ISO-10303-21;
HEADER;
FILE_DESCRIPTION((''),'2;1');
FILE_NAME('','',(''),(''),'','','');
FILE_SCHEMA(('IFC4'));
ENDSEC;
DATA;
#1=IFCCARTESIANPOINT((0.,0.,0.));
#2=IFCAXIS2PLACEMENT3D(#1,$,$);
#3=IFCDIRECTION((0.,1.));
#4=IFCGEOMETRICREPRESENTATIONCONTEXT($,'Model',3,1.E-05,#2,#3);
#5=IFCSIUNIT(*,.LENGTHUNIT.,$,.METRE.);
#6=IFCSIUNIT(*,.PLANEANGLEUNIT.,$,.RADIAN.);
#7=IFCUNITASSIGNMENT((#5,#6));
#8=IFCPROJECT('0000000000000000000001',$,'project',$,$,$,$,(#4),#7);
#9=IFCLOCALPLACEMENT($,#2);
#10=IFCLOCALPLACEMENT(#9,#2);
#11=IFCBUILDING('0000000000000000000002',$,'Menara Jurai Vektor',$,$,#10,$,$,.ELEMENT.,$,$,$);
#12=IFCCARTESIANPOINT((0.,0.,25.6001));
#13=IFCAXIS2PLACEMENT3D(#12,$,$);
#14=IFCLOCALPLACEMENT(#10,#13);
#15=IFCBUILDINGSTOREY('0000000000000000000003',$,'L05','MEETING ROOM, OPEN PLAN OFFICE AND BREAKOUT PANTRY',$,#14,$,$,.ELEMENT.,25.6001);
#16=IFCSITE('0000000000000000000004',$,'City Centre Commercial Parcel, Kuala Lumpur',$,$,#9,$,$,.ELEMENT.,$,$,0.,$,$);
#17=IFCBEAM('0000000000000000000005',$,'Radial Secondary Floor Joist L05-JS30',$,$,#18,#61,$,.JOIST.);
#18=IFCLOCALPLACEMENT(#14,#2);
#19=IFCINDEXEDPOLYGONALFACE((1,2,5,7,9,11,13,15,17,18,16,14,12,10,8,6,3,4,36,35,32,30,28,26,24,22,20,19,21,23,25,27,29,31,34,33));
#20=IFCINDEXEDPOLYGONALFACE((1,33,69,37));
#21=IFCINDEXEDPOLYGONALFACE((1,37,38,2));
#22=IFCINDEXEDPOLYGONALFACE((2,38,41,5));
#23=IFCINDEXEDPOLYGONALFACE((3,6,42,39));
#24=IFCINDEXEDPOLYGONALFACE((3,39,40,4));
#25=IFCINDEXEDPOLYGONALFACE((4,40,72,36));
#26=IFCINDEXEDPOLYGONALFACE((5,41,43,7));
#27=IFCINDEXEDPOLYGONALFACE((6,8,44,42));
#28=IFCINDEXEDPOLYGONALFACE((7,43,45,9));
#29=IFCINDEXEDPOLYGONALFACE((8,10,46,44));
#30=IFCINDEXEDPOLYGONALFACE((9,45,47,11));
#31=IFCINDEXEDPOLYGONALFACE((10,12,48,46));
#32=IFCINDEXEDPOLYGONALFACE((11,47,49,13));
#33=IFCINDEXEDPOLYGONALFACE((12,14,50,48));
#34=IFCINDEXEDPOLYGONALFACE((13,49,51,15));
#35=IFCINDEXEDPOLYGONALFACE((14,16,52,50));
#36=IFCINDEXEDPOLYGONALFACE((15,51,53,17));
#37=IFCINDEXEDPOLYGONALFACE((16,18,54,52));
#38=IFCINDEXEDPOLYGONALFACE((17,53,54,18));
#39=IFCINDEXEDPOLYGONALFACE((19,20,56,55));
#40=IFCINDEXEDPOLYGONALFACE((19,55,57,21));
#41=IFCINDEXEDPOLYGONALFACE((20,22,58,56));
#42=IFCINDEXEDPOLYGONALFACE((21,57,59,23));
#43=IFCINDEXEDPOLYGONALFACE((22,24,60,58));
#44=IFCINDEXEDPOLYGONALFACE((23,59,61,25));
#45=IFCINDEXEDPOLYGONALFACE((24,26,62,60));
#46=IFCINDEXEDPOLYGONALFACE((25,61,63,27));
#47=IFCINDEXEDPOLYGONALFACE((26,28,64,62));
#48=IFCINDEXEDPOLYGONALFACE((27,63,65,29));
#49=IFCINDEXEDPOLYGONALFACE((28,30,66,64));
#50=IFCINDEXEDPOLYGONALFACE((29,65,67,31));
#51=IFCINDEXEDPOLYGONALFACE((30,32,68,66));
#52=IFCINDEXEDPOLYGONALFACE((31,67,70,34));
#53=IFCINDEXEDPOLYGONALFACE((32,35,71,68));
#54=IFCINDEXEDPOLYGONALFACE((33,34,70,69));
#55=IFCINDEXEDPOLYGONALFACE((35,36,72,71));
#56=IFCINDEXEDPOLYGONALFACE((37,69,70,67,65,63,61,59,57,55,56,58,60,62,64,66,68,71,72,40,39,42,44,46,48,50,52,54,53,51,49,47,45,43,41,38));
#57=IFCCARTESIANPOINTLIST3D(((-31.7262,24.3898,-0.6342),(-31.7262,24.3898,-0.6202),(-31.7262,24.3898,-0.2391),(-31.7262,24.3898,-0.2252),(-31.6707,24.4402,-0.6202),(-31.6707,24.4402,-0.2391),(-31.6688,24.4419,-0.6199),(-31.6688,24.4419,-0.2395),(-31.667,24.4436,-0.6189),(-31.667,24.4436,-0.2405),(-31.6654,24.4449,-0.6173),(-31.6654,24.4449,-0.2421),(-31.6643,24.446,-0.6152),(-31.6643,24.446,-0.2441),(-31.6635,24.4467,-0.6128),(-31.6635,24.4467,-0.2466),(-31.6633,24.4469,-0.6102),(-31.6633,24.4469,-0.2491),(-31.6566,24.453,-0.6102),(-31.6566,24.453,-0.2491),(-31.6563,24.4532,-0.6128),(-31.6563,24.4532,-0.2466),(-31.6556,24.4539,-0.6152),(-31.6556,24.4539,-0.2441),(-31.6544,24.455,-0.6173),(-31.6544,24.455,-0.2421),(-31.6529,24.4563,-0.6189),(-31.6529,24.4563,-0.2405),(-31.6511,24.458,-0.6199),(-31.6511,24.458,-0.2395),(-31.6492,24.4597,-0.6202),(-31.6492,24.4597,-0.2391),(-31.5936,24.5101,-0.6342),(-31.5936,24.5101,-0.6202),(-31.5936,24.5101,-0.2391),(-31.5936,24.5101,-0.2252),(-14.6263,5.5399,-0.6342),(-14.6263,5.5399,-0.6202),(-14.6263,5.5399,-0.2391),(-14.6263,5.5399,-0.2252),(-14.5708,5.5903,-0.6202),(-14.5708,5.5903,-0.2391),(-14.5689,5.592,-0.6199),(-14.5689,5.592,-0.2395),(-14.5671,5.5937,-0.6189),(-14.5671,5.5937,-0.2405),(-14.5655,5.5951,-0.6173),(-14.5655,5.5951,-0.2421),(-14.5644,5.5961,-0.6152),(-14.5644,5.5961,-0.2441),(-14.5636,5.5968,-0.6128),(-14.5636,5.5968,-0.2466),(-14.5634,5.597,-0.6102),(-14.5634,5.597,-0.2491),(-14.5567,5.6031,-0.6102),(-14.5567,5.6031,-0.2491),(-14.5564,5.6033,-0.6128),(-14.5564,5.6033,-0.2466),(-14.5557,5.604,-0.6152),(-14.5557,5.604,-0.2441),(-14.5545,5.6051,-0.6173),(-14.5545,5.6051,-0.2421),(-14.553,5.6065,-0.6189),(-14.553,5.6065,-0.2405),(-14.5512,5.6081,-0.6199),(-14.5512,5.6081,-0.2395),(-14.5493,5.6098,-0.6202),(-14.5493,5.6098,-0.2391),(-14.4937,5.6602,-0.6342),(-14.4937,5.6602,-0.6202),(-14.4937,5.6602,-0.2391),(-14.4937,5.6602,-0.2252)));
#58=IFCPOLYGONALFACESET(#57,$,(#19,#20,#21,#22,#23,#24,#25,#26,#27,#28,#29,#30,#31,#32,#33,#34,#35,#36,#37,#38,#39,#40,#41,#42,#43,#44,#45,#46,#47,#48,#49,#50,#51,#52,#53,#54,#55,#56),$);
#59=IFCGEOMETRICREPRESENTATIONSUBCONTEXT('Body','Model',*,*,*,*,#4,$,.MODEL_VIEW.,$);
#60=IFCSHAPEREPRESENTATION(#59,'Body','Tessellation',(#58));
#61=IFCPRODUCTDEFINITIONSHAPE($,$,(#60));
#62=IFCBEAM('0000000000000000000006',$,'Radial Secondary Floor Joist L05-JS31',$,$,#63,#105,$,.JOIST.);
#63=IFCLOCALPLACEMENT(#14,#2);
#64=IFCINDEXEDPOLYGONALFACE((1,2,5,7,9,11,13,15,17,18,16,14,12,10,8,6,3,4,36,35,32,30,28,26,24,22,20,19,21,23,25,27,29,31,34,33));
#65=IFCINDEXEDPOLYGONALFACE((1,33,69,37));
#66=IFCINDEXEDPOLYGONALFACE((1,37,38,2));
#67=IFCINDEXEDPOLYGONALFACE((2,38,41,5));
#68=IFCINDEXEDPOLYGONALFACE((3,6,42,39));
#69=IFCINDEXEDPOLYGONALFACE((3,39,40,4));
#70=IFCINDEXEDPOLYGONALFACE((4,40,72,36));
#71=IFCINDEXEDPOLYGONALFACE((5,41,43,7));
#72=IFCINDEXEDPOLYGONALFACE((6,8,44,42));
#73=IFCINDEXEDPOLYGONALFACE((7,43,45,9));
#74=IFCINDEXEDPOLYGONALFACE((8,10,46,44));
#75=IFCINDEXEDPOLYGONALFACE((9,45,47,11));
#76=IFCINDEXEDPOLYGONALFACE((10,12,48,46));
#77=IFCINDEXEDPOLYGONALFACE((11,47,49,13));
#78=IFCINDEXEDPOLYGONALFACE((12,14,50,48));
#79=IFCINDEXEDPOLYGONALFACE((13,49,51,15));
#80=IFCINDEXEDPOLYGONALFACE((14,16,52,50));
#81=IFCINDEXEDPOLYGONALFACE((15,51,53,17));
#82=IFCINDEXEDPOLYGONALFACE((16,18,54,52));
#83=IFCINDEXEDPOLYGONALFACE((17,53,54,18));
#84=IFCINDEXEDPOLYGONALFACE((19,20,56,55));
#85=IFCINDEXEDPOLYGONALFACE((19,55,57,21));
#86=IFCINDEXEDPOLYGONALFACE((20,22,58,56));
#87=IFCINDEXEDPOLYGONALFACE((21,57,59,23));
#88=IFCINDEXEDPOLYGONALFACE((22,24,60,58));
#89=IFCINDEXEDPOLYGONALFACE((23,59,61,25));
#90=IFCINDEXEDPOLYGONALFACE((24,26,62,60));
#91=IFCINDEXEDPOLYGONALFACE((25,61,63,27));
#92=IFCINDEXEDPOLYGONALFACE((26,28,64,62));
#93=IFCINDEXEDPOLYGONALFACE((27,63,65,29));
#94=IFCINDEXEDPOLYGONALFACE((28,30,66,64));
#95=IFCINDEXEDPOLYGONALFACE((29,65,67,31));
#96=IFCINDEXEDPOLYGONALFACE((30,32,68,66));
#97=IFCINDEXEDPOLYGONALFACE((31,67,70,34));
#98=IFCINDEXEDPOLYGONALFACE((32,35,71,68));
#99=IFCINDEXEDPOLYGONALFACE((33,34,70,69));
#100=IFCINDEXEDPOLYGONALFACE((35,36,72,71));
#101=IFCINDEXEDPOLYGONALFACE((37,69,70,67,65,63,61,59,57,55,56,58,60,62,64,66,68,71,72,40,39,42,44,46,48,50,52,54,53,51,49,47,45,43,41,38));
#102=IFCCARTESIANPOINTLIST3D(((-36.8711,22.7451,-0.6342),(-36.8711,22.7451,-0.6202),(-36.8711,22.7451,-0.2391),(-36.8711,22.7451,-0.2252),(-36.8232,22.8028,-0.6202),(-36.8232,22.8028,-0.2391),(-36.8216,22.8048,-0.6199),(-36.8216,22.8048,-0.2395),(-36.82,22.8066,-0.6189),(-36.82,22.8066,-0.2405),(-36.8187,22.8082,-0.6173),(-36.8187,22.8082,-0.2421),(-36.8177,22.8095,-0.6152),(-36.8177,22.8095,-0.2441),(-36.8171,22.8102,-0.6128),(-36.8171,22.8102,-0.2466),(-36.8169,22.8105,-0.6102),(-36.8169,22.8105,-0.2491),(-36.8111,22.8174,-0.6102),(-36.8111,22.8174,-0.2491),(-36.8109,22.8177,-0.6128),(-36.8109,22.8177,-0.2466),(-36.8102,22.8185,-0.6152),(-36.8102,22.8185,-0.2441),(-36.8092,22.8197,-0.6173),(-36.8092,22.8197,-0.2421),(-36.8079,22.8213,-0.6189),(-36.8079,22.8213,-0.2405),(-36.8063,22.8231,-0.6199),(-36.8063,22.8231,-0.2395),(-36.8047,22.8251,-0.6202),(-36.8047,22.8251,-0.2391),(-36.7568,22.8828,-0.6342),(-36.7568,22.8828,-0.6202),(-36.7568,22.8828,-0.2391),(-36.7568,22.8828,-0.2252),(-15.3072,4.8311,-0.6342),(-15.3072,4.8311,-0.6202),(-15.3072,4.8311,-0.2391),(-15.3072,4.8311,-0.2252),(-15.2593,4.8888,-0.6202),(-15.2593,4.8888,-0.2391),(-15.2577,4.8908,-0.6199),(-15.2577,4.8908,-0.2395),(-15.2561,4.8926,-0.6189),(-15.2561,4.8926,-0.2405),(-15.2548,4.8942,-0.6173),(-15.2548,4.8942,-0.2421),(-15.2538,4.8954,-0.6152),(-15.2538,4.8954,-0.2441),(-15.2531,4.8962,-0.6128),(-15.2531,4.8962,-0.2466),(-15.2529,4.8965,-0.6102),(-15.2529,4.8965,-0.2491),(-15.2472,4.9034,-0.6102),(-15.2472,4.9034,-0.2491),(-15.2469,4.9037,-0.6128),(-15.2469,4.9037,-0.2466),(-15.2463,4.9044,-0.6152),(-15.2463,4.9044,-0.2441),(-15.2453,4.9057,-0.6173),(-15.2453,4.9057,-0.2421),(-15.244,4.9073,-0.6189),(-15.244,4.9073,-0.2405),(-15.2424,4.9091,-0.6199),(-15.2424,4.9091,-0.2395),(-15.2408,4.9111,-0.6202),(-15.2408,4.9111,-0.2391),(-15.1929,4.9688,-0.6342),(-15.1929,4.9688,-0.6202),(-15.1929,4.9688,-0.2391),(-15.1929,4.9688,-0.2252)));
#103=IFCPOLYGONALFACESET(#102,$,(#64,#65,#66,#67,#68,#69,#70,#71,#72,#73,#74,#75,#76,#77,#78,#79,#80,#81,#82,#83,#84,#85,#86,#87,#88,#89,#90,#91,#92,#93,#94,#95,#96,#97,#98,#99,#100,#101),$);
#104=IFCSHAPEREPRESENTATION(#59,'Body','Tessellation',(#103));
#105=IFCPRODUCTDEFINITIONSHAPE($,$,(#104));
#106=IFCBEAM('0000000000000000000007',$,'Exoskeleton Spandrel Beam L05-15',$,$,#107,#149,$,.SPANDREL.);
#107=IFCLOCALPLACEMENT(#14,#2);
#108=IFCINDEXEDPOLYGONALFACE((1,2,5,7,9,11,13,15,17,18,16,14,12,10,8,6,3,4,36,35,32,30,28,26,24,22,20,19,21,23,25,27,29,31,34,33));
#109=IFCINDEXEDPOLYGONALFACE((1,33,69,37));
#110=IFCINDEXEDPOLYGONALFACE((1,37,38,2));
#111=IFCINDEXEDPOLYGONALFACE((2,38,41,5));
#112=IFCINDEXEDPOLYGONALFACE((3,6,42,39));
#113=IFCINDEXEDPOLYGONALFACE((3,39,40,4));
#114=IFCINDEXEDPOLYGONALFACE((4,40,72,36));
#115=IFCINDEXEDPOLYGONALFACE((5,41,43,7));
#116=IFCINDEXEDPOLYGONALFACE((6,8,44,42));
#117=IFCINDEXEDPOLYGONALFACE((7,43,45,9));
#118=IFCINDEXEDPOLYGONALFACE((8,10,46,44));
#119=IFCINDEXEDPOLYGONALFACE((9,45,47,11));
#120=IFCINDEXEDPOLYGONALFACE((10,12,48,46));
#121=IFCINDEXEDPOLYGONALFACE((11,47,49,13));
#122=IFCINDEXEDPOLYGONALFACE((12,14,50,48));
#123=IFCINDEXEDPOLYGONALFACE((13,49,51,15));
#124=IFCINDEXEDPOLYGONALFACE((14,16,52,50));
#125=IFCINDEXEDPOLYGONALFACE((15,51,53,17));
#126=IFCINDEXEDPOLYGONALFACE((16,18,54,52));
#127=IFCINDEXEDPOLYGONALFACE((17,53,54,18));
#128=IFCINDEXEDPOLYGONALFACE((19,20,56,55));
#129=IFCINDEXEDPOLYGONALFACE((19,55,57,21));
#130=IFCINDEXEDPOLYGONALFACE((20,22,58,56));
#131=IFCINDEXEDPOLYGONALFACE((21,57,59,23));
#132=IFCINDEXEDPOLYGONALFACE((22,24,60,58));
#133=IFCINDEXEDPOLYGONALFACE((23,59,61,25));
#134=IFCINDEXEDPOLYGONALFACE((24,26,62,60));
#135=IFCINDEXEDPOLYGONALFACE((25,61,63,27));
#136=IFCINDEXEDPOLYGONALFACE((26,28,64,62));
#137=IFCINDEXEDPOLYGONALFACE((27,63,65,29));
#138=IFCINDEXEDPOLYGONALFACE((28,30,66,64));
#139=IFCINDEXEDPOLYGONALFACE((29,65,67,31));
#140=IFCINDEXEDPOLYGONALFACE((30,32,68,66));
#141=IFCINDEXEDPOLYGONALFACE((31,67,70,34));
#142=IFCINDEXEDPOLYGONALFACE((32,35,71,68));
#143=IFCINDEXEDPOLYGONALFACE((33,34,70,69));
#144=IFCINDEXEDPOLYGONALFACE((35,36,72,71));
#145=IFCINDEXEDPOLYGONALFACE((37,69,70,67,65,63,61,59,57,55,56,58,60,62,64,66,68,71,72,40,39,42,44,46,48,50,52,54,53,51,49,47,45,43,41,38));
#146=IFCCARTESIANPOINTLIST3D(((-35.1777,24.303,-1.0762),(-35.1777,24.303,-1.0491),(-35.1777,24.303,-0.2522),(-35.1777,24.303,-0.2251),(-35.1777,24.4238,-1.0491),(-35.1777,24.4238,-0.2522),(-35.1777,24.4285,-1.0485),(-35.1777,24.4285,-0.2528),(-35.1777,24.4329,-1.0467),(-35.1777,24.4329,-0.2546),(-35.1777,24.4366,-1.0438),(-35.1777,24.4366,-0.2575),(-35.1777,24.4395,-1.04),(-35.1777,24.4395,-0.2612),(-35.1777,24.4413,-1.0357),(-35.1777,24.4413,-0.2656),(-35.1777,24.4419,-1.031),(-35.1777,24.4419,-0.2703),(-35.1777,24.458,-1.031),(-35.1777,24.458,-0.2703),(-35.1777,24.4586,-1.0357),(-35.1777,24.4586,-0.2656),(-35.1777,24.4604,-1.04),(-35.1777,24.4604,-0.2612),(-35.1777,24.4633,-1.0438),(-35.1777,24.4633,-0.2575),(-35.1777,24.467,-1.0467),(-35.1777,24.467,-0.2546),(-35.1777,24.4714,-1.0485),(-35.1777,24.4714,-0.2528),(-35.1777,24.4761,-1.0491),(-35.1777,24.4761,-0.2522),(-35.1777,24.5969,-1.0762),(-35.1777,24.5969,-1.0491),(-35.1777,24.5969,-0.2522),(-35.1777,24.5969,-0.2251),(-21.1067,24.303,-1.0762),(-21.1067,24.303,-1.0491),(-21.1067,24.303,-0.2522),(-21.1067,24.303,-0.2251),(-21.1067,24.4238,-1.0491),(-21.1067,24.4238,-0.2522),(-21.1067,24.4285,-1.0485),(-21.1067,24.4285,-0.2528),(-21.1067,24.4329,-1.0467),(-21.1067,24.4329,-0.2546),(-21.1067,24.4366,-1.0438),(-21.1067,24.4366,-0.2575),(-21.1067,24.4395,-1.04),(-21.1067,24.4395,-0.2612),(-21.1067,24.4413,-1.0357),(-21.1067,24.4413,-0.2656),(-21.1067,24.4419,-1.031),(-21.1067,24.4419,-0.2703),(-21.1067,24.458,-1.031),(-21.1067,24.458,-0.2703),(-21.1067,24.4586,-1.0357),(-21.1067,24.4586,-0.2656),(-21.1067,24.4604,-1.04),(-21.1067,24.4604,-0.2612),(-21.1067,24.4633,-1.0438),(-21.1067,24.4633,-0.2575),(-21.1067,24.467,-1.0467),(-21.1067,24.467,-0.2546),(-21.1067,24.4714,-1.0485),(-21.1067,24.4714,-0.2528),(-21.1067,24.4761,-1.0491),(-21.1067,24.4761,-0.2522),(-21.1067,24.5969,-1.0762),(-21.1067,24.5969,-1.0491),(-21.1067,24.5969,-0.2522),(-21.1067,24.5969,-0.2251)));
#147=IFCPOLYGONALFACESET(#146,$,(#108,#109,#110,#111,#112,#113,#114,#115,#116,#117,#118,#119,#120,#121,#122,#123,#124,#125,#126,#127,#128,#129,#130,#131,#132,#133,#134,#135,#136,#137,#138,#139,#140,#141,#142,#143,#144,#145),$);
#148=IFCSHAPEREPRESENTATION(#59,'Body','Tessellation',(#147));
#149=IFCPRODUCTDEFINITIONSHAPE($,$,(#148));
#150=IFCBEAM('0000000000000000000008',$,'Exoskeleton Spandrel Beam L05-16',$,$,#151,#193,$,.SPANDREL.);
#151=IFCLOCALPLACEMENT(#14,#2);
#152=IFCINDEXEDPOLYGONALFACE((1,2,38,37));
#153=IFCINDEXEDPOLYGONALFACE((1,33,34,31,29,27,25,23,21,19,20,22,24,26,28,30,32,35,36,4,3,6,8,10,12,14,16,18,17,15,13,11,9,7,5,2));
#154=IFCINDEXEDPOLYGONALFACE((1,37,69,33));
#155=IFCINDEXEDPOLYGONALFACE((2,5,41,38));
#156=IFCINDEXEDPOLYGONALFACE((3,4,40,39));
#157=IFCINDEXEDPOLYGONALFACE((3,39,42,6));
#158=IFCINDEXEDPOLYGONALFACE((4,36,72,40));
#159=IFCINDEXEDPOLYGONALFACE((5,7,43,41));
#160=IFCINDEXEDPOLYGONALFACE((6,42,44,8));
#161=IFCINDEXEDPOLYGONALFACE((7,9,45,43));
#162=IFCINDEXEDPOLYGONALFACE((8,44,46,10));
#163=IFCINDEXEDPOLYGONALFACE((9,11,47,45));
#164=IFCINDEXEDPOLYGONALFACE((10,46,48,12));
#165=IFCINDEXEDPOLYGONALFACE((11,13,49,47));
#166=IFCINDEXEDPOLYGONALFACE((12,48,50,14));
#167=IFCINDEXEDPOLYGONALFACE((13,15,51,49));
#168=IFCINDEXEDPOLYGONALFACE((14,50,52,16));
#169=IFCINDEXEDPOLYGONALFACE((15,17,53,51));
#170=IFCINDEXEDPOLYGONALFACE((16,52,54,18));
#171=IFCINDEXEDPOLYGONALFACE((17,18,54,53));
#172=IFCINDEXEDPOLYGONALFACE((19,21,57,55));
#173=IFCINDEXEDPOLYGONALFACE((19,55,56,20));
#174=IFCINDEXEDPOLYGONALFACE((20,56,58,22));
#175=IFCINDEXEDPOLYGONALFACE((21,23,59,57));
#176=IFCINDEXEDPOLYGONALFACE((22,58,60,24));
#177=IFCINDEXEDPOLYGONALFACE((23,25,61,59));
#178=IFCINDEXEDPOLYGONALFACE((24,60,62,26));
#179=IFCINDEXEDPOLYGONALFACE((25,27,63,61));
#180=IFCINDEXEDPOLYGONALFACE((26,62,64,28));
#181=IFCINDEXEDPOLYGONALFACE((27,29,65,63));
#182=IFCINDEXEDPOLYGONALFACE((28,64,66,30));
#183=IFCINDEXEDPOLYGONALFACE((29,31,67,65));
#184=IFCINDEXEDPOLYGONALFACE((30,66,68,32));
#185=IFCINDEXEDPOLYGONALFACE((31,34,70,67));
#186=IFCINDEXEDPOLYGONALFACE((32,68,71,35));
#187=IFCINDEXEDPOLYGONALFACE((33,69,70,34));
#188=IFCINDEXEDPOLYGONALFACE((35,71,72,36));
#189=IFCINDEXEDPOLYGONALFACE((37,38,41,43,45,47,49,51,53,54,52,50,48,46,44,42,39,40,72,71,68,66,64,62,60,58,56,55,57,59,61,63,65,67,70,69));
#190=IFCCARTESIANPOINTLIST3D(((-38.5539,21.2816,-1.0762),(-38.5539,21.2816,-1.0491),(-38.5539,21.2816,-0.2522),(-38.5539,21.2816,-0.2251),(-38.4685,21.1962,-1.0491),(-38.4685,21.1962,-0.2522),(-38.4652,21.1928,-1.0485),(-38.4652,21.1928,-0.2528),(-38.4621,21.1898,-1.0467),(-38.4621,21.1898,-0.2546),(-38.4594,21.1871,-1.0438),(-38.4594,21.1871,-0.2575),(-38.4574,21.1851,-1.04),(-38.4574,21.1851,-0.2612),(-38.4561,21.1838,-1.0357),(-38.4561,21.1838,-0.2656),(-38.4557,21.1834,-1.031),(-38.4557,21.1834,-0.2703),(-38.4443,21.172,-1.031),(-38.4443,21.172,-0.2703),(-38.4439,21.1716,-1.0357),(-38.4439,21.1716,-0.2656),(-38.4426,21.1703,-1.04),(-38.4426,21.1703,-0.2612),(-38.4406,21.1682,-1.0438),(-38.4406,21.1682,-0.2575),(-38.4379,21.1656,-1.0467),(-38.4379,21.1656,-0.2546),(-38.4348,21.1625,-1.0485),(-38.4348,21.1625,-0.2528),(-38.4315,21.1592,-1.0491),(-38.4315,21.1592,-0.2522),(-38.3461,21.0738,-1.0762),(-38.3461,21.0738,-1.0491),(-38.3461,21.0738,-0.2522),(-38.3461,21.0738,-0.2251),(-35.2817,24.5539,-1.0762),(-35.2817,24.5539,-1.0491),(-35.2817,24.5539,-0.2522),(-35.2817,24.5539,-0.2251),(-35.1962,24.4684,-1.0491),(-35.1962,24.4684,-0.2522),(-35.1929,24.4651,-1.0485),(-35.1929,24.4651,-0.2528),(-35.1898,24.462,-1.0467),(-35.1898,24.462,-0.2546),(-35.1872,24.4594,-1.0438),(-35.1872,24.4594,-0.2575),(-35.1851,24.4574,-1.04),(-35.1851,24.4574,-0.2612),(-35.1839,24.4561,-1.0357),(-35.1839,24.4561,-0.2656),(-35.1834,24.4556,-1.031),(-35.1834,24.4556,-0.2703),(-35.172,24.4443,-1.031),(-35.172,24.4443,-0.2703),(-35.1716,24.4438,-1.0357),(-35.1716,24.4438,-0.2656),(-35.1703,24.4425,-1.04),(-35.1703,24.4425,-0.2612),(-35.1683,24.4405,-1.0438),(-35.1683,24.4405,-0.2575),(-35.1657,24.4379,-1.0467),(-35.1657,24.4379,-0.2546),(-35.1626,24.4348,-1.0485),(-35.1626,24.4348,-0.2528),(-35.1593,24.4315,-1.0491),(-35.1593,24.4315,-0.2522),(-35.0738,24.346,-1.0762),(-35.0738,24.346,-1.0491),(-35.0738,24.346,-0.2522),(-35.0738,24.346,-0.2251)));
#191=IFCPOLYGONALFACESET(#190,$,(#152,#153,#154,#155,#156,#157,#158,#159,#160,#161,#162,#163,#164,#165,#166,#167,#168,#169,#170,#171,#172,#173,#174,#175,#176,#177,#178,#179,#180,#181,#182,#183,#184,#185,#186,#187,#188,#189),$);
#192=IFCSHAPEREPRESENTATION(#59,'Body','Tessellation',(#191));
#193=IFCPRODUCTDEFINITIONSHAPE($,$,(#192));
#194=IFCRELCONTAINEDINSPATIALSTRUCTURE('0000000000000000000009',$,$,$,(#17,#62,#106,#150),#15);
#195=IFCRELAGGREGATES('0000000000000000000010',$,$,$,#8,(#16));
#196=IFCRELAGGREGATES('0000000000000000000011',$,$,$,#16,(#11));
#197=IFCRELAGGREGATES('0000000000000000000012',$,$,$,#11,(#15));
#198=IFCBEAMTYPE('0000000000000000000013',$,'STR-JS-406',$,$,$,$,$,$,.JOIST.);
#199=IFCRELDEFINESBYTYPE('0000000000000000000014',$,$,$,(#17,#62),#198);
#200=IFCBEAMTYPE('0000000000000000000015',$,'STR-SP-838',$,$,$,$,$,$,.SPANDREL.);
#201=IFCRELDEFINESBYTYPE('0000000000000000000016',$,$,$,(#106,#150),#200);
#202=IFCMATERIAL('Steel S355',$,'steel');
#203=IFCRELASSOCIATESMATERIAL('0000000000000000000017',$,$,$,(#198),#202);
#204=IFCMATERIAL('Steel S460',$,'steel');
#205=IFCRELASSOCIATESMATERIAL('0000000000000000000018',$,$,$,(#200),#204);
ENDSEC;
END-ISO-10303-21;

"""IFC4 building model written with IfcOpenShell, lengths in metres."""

from ifc_helpers import new_model, si_unit, direction, frame, origin, origin_2d, place, context, subcontext, project, spatial, i_section, extrude, material, material_profile, profile_set, type_object, element, save


model = new_model("IFC4")

# Units and contexts
model_context = context("Model", 3, precision=1e-05, world=origin(), true_north=direction((0.0, 1.0)))
body_context = subcontext(model_context, "Body", "Model", "MODEL_VIEW")
ifc_project = project(units=[si_unit("LENGTHUNIT", "METRE"), si_unit("PLANEANGLEUNIT", "RADIAN")], contexts=[model_context])

# Site, building, storey
site_placement = place(None, origin())
site = spatial("IfcSite", under=ifc_project, at=site_placement, Name="City Centre Commercial Parcel, Kuala Lumpur", CompositionType="ELEMENT", RefElevation=0.0)
building_placement = place(site_placement, origin())
building = spatial("IfcBuilding", under=site, at=building_placement, Name="Menara Jurai Vektor", CompositionType="ELEMENT")
storey_placement = place(building_placement, frame((0.0, 0.0, 25.6001)))
storey = spatial("IfcBuildingStorey", under=building, at=storey_placement, Name="L05", Description="MEETING ROOM, OPEN PLAN OFFICE AND BREAKOUT PANTRY", CompositionType="ELEMENT", Elevation=25.6001)

# Shared definitions
ifc_material_1 = material(Name="Steel S460", Category="steel")

# Shared definitions
ifc_material_2 = material(Name="Steel S355", Category="steel")

# Beams
ifc_material_profile_1 = material_profile(ifc_material_2, i_section(OverallWidth=0.179, OverallDepth=0.4089, WebThickness=0.009, FlangeThickness=0.0139, FilletRadius=0.01, at=origin_2d()), Name="UKB 406x178x67")
ifc_profile_set_1 = profile_set([ifc_material_profile_1], Name="Steel S355")
beam_type_1 = type_object("IfcBeamType", Name="STR-JS-406", PredefinedType="JOIST", material=ifc_profile_set_1)
beam_1_placement = place(storey_placement, frame((-31.6599, 24.45, -0.4297), z_axis=(0.67189, -0.740651, 0.0), x_axis=(0.740651, 0.67189, 0.0)))
element("IfcBeam", 1, at=beam_1_placement, inside=storey, type_object=beam_type_1, Name="Radial Secondary Floor Joist L05-JS30", PredefinedType="JOIST", context=body_context, shape_type="SweptSolid", body=[
    extrude(i_section(OverallWidth=0.179, OverallDepth=0.4089, WebThickness=0.009, FlangeThickness=0.0139, FilletRadius=0.01, at=origin_2d()), origin(), (0.0, 0.0, 1.0), 25.4504),
])
beam_2_placement = place(storey_placement, frame((-36.814, 22.814, -0.4297), z_axis=(0.769201, -0.639007, 0.0), x_axis=(0.639007, 0.769201, 0.0)))
element("IfcBeam", 2, at=beam_2_placement, inside=storey, type_object=beam_type_1, Name="Radial Secondary Floor Joist L05-JS31", PredefinedType="JOIST", context=body_context, shape_type="SweptSolid", body=[
    extrude(i_section(OverallWidth=0.179, OverallDepth=0.4089, WebThickness=0.009, FlangeThickness=0.0139, FilletRadius=0.01, at=origin_2d()), origin(), (0.0, 0.0, 1.0), 28.0342),
])
ifc_material_profile_2 = material_profile(ifc_material_1, i_section(OverallWidth=0.2939, OverallDepth=0.8511, WebThickness=0.0161, FlangeThickness=0.0271, FilletRadius=0.0181, at=origin_2d()), Name="UKB 838x292x226")
ifc_profile_set_2 = profile_set([ifc_material_profile_2], Name="Steel S460")
beam_type_2 = type_object("IfcBeamType", Name="STR-SP-838", PredefinedType="SPANDREL", material=ifc_profile_set_2)
beam_3_placement = place(storey_placement, frame((-21.1067, 24.45, -0.6506), z_axis=(-1.0, 0.0, 0.0), x_axis=(0.0, -1.0, 0.0)))
element("IfcBeam", 3, at=beam_3_placement, inside=storey, type_object=beam_type_2, Name="Exoskeleton Spandrel Beam L05-15", PredefinedType="SPANDREL", context=body_context, shape_type="SweptSolid", body=[
    extrude(i_section(OverallWidth=0.2939, OverallDepth=0.8511, WebThickness=0.0161, FlangeThickness=0.0271, FilletRadius=0.0181, at=origin_2d()), origin(), (0.0, 0.0, 1.0), 14.071),
])
beam_4_placement = place(storey_placement, frame((-35.1777, 24.45, -0.6506), z_axis=(-0.707107, -0.707107, 0.0), x_axis=(0.707107, -0.707107, 0.0)))
element("IfcBeam", 4, at=beam_4_placement, inside=storey, type_object=beam_type_2, Name="Exoskeleton Spandrel Beam L05-16", PredefinedType="SPANDREL", context=body_context, shape_type="SweptSolid", body=[
    extrude(i_section(OverallWidth=0.2939, OverallDepth=0.8511, WebThickness=0.0161, FlangeThickness=0.0271, FilletRadius=0.0181, at=origin_2d()), origin(), (0.0, 0.0, 1.0), 4.6277),
])

save(model, "model.ifc")
